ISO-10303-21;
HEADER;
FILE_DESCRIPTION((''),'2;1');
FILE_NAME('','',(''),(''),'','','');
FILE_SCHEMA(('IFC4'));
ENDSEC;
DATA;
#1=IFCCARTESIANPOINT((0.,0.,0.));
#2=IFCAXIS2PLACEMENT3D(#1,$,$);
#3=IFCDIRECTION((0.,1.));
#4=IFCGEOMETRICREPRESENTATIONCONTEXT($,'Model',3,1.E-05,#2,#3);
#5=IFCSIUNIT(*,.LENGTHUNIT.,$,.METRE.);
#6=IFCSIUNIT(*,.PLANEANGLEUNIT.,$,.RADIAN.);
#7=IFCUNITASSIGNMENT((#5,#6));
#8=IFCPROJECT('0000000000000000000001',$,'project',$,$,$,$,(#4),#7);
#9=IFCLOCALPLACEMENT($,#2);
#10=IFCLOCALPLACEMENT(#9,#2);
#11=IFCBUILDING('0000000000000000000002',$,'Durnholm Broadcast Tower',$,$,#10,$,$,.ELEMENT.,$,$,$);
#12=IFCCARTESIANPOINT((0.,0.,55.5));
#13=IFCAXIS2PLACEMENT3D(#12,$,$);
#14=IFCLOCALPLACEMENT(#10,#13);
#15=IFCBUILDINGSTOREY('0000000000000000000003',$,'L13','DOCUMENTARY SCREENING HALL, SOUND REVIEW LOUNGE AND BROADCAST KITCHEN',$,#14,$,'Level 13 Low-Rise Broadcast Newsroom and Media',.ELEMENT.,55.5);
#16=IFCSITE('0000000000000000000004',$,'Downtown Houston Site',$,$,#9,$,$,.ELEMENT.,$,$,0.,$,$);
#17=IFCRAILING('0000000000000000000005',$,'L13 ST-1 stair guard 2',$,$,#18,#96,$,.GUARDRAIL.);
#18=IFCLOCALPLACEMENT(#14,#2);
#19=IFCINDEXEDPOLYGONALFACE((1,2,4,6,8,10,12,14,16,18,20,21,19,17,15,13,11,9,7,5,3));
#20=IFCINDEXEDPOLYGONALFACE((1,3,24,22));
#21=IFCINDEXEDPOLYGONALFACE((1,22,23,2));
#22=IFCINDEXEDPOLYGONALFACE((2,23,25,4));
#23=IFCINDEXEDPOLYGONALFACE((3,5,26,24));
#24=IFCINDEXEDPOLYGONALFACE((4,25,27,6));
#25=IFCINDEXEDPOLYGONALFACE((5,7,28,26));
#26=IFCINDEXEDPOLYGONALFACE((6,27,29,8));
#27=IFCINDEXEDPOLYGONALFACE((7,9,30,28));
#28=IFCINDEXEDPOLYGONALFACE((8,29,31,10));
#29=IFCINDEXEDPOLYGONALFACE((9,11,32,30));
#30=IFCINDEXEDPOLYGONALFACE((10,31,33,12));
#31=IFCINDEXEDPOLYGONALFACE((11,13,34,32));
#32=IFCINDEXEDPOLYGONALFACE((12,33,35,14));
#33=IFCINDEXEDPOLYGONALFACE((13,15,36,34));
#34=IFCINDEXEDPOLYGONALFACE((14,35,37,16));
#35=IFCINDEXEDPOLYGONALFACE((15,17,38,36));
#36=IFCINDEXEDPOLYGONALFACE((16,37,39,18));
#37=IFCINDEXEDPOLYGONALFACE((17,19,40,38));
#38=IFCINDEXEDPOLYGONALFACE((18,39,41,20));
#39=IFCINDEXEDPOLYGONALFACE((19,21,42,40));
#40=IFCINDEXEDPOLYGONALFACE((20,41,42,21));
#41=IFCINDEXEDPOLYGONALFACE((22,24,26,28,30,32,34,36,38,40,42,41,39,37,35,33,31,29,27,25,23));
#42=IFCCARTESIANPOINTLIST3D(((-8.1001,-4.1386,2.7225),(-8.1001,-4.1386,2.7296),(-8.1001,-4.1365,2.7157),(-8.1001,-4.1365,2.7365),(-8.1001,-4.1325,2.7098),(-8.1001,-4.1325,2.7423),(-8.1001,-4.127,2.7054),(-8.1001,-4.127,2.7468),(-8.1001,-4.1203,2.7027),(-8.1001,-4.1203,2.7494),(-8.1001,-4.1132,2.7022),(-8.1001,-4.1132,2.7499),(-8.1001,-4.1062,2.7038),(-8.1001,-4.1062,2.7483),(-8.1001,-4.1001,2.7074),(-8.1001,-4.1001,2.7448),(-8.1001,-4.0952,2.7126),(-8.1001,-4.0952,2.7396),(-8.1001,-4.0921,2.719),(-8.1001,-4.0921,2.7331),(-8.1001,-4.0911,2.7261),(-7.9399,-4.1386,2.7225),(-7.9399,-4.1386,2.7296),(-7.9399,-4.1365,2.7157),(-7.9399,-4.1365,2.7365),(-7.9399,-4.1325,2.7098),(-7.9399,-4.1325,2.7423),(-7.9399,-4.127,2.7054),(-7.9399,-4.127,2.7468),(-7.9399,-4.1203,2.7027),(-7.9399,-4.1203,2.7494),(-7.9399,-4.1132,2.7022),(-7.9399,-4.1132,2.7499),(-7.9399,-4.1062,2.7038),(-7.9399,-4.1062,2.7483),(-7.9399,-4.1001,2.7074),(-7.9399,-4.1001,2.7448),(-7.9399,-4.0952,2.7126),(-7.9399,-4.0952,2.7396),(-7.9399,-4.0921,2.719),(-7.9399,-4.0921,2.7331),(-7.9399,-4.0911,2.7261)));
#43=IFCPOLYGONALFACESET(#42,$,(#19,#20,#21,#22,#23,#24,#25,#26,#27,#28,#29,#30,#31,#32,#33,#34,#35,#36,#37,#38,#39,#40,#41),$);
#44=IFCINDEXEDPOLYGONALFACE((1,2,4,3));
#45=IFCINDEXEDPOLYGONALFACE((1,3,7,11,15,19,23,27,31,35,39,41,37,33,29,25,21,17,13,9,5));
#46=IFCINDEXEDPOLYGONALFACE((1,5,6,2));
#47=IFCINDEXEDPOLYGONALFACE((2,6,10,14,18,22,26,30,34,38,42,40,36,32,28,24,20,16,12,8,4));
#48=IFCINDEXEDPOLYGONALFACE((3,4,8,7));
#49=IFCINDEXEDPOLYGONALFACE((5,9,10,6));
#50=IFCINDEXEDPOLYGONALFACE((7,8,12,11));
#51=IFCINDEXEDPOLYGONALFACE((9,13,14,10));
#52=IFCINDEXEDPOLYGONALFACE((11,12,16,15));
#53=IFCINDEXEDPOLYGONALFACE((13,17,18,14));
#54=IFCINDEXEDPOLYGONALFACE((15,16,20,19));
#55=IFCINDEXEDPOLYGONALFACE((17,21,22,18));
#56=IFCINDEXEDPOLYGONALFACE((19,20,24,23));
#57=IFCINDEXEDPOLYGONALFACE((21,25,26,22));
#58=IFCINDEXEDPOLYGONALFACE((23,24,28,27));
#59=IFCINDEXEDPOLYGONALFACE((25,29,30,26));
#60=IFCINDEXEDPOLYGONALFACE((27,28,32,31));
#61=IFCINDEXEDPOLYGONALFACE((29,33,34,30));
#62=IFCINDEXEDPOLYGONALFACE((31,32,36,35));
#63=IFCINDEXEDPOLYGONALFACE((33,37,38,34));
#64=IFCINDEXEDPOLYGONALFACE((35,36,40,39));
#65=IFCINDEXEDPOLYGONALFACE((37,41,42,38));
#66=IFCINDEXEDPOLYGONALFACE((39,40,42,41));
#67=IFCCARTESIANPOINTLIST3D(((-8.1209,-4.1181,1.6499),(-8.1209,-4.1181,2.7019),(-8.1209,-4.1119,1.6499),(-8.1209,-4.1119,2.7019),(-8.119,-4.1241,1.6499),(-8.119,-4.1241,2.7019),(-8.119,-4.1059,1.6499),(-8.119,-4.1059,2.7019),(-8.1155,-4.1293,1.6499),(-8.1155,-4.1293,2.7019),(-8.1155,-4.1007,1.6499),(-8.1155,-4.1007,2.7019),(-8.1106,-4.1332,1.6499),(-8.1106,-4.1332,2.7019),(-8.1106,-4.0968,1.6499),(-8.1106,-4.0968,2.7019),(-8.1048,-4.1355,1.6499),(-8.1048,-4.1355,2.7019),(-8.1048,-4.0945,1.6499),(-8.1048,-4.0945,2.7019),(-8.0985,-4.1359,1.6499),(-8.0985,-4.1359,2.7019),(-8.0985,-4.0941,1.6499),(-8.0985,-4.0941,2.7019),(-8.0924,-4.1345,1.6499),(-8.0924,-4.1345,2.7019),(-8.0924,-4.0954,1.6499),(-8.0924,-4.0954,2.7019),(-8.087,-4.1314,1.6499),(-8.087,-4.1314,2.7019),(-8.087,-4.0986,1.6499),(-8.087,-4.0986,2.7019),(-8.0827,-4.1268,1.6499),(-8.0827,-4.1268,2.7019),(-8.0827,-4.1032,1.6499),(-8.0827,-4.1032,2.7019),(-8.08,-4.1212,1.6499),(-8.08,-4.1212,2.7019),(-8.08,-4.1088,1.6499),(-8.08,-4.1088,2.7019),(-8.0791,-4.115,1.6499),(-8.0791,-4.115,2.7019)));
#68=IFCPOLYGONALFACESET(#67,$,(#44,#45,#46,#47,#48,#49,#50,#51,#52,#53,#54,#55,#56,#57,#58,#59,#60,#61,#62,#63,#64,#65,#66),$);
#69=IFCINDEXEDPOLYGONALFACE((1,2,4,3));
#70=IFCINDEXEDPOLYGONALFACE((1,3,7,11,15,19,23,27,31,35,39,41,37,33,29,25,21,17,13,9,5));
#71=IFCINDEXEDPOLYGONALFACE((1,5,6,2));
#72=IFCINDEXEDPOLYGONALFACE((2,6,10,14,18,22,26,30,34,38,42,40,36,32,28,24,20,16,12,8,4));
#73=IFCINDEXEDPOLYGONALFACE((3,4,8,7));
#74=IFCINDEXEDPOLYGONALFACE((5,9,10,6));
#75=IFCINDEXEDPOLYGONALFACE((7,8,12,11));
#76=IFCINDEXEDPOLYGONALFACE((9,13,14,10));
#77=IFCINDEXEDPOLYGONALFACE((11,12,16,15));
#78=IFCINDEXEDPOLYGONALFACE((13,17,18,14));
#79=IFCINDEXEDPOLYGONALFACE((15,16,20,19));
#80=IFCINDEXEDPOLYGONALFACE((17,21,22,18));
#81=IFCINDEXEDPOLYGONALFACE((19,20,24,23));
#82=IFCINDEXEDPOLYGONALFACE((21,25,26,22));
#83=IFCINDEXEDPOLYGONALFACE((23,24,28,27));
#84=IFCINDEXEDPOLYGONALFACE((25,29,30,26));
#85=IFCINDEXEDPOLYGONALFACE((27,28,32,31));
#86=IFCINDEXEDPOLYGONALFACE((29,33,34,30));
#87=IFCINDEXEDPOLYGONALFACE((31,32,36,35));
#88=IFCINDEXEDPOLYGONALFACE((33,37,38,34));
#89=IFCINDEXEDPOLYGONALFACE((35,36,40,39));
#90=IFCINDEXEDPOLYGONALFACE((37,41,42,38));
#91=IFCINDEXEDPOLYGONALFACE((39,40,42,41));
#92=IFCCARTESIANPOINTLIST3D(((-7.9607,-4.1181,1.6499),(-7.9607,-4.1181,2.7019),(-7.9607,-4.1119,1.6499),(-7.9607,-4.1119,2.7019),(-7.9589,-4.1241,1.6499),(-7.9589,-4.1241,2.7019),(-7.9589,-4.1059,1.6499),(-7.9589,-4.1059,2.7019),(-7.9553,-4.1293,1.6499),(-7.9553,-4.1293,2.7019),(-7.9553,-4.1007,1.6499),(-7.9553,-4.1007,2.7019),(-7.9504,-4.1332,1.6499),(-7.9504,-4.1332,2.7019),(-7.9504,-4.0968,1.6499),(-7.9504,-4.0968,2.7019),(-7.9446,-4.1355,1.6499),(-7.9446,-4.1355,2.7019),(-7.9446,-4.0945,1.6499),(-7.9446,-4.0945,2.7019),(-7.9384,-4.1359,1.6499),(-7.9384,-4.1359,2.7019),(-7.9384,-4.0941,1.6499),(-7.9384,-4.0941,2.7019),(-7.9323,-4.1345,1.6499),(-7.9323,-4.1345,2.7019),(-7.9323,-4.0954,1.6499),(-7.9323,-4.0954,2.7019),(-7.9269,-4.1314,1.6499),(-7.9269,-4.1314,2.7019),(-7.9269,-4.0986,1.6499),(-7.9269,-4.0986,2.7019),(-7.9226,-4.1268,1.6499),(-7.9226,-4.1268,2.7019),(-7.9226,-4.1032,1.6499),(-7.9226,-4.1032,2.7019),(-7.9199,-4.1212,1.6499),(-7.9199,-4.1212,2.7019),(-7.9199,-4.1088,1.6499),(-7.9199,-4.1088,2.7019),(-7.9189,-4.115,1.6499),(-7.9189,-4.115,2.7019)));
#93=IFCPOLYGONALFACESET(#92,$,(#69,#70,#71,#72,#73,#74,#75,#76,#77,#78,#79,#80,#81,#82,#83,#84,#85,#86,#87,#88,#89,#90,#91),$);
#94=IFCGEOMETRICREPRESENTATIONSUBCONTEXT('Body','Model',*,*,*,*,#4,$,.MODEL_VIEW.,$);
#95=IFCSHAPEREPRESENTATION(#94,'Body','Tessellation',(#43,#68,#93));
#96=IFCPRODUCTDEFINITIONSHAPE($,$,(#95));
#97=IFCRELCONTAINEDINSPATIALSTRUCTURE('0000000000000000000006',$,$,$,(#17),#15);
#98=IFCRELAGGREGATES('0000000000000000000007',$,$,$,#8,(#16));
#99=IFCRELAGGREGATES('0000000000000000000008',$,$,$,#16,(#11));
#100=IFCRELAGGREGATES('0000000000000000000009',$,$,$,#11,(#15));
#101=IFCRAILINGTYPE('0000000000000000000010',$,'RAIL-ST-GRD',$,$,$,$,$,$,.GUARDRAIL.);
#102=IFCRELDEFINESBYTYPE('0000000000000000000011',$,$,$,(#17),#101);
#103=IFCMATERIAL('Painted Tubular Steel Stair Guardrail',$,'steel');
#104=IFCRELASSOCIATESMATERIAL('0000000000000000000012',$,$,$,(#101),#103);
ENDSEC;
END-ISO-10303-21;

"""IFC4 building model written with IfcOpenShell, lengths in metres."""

from ifc_helpers import new_model, si_unit, direction, frame, origin, origin_2d, place, context, subcontext, project, spatial, circle, extrude, material, type_object, element, save


model = new_model("IFC4")

# Units and contexts
model_context = context("Model", 3, precision=1e-05, world=origin(), true_north=direction((0.0, 1.0)))
body_context = subcontext(model_context, "Body", "Model", "MODEL_VIEW")
ifc_project = project(units=[si_unit("LENGTHUNIT", "METRE"), si_unit("PLANEANGLEUNIT", "RADIAN")], contexts=[model_context])

# Site, building, storey
site_placement = place(None, origin())
site = spatial("IfcSite", under=ifc_project, at=site_placement, Name="Downtown Houston Site", CompositionType="ELEMENT", RefElevation=0.0)
building_placement = place(site_placement, origin())
building = spatial("IfcBuilding", under=site, at=building_placement, Name="Durnholm Broadcast Tower", CompositionType="ELEMENT")
storey_placement = place(building_placement, frame((0.0, 0.0, 55.5)))
storey = spatial("IfcBuildingStorey", under=building, at=storey_placement, Name="L13", Description="DOCUMENTARY SCREENING HALL, SOUND REVIEW LOUNGE AND BROADCAST KITCHEN", LongName="Level 13 Low-Rise Broadcast Newsroom and Media", CompositionType="ELEMENT", Elevation=55.5)

# Railing
ifc_material_1 = material(Name="Painted Tubular Steel Stair Guardrail", Category="steel")
railing_type_1 = type_object("IfcRailingType", Name="RAIL-ST-GRD", PredefinedType="GUARDRAIL", material=ifc_material_1)
railing_1_placement = place(storey_placement, frame((-8.1001, -4.115, 1.6499)))
element("IfcRailing", 1, at=railing_1_placement, inside=storey, type_object=railing_type_1, Name="L13 ST-1 stair guard 2", PredefinedType="GUARDRAIL", context=body_context, shape_type="SweptSolid", body=[
    extrude(circle(Radius=0.0239, at=origin_2d()), frame((0.0, 0.0, 1.0762), z_axis=(1.0, 0.0, 0.0), x_axis=(0.0, 1.0, 0.0)), (0.0, 0.0, 1.0), 0.1602),
    extrude(circle(Radius=0.021, at=origin_2d()), origin(), (0.0, 0.0, 1.0), 1.052),
    extrude(circle(Radius=0.021, at=origin_2d()), frame((0.1602, 0.0, 0.0)), (0.0, 0.0, 1.0), 1.052),
])

save(model, "model.ifc")
